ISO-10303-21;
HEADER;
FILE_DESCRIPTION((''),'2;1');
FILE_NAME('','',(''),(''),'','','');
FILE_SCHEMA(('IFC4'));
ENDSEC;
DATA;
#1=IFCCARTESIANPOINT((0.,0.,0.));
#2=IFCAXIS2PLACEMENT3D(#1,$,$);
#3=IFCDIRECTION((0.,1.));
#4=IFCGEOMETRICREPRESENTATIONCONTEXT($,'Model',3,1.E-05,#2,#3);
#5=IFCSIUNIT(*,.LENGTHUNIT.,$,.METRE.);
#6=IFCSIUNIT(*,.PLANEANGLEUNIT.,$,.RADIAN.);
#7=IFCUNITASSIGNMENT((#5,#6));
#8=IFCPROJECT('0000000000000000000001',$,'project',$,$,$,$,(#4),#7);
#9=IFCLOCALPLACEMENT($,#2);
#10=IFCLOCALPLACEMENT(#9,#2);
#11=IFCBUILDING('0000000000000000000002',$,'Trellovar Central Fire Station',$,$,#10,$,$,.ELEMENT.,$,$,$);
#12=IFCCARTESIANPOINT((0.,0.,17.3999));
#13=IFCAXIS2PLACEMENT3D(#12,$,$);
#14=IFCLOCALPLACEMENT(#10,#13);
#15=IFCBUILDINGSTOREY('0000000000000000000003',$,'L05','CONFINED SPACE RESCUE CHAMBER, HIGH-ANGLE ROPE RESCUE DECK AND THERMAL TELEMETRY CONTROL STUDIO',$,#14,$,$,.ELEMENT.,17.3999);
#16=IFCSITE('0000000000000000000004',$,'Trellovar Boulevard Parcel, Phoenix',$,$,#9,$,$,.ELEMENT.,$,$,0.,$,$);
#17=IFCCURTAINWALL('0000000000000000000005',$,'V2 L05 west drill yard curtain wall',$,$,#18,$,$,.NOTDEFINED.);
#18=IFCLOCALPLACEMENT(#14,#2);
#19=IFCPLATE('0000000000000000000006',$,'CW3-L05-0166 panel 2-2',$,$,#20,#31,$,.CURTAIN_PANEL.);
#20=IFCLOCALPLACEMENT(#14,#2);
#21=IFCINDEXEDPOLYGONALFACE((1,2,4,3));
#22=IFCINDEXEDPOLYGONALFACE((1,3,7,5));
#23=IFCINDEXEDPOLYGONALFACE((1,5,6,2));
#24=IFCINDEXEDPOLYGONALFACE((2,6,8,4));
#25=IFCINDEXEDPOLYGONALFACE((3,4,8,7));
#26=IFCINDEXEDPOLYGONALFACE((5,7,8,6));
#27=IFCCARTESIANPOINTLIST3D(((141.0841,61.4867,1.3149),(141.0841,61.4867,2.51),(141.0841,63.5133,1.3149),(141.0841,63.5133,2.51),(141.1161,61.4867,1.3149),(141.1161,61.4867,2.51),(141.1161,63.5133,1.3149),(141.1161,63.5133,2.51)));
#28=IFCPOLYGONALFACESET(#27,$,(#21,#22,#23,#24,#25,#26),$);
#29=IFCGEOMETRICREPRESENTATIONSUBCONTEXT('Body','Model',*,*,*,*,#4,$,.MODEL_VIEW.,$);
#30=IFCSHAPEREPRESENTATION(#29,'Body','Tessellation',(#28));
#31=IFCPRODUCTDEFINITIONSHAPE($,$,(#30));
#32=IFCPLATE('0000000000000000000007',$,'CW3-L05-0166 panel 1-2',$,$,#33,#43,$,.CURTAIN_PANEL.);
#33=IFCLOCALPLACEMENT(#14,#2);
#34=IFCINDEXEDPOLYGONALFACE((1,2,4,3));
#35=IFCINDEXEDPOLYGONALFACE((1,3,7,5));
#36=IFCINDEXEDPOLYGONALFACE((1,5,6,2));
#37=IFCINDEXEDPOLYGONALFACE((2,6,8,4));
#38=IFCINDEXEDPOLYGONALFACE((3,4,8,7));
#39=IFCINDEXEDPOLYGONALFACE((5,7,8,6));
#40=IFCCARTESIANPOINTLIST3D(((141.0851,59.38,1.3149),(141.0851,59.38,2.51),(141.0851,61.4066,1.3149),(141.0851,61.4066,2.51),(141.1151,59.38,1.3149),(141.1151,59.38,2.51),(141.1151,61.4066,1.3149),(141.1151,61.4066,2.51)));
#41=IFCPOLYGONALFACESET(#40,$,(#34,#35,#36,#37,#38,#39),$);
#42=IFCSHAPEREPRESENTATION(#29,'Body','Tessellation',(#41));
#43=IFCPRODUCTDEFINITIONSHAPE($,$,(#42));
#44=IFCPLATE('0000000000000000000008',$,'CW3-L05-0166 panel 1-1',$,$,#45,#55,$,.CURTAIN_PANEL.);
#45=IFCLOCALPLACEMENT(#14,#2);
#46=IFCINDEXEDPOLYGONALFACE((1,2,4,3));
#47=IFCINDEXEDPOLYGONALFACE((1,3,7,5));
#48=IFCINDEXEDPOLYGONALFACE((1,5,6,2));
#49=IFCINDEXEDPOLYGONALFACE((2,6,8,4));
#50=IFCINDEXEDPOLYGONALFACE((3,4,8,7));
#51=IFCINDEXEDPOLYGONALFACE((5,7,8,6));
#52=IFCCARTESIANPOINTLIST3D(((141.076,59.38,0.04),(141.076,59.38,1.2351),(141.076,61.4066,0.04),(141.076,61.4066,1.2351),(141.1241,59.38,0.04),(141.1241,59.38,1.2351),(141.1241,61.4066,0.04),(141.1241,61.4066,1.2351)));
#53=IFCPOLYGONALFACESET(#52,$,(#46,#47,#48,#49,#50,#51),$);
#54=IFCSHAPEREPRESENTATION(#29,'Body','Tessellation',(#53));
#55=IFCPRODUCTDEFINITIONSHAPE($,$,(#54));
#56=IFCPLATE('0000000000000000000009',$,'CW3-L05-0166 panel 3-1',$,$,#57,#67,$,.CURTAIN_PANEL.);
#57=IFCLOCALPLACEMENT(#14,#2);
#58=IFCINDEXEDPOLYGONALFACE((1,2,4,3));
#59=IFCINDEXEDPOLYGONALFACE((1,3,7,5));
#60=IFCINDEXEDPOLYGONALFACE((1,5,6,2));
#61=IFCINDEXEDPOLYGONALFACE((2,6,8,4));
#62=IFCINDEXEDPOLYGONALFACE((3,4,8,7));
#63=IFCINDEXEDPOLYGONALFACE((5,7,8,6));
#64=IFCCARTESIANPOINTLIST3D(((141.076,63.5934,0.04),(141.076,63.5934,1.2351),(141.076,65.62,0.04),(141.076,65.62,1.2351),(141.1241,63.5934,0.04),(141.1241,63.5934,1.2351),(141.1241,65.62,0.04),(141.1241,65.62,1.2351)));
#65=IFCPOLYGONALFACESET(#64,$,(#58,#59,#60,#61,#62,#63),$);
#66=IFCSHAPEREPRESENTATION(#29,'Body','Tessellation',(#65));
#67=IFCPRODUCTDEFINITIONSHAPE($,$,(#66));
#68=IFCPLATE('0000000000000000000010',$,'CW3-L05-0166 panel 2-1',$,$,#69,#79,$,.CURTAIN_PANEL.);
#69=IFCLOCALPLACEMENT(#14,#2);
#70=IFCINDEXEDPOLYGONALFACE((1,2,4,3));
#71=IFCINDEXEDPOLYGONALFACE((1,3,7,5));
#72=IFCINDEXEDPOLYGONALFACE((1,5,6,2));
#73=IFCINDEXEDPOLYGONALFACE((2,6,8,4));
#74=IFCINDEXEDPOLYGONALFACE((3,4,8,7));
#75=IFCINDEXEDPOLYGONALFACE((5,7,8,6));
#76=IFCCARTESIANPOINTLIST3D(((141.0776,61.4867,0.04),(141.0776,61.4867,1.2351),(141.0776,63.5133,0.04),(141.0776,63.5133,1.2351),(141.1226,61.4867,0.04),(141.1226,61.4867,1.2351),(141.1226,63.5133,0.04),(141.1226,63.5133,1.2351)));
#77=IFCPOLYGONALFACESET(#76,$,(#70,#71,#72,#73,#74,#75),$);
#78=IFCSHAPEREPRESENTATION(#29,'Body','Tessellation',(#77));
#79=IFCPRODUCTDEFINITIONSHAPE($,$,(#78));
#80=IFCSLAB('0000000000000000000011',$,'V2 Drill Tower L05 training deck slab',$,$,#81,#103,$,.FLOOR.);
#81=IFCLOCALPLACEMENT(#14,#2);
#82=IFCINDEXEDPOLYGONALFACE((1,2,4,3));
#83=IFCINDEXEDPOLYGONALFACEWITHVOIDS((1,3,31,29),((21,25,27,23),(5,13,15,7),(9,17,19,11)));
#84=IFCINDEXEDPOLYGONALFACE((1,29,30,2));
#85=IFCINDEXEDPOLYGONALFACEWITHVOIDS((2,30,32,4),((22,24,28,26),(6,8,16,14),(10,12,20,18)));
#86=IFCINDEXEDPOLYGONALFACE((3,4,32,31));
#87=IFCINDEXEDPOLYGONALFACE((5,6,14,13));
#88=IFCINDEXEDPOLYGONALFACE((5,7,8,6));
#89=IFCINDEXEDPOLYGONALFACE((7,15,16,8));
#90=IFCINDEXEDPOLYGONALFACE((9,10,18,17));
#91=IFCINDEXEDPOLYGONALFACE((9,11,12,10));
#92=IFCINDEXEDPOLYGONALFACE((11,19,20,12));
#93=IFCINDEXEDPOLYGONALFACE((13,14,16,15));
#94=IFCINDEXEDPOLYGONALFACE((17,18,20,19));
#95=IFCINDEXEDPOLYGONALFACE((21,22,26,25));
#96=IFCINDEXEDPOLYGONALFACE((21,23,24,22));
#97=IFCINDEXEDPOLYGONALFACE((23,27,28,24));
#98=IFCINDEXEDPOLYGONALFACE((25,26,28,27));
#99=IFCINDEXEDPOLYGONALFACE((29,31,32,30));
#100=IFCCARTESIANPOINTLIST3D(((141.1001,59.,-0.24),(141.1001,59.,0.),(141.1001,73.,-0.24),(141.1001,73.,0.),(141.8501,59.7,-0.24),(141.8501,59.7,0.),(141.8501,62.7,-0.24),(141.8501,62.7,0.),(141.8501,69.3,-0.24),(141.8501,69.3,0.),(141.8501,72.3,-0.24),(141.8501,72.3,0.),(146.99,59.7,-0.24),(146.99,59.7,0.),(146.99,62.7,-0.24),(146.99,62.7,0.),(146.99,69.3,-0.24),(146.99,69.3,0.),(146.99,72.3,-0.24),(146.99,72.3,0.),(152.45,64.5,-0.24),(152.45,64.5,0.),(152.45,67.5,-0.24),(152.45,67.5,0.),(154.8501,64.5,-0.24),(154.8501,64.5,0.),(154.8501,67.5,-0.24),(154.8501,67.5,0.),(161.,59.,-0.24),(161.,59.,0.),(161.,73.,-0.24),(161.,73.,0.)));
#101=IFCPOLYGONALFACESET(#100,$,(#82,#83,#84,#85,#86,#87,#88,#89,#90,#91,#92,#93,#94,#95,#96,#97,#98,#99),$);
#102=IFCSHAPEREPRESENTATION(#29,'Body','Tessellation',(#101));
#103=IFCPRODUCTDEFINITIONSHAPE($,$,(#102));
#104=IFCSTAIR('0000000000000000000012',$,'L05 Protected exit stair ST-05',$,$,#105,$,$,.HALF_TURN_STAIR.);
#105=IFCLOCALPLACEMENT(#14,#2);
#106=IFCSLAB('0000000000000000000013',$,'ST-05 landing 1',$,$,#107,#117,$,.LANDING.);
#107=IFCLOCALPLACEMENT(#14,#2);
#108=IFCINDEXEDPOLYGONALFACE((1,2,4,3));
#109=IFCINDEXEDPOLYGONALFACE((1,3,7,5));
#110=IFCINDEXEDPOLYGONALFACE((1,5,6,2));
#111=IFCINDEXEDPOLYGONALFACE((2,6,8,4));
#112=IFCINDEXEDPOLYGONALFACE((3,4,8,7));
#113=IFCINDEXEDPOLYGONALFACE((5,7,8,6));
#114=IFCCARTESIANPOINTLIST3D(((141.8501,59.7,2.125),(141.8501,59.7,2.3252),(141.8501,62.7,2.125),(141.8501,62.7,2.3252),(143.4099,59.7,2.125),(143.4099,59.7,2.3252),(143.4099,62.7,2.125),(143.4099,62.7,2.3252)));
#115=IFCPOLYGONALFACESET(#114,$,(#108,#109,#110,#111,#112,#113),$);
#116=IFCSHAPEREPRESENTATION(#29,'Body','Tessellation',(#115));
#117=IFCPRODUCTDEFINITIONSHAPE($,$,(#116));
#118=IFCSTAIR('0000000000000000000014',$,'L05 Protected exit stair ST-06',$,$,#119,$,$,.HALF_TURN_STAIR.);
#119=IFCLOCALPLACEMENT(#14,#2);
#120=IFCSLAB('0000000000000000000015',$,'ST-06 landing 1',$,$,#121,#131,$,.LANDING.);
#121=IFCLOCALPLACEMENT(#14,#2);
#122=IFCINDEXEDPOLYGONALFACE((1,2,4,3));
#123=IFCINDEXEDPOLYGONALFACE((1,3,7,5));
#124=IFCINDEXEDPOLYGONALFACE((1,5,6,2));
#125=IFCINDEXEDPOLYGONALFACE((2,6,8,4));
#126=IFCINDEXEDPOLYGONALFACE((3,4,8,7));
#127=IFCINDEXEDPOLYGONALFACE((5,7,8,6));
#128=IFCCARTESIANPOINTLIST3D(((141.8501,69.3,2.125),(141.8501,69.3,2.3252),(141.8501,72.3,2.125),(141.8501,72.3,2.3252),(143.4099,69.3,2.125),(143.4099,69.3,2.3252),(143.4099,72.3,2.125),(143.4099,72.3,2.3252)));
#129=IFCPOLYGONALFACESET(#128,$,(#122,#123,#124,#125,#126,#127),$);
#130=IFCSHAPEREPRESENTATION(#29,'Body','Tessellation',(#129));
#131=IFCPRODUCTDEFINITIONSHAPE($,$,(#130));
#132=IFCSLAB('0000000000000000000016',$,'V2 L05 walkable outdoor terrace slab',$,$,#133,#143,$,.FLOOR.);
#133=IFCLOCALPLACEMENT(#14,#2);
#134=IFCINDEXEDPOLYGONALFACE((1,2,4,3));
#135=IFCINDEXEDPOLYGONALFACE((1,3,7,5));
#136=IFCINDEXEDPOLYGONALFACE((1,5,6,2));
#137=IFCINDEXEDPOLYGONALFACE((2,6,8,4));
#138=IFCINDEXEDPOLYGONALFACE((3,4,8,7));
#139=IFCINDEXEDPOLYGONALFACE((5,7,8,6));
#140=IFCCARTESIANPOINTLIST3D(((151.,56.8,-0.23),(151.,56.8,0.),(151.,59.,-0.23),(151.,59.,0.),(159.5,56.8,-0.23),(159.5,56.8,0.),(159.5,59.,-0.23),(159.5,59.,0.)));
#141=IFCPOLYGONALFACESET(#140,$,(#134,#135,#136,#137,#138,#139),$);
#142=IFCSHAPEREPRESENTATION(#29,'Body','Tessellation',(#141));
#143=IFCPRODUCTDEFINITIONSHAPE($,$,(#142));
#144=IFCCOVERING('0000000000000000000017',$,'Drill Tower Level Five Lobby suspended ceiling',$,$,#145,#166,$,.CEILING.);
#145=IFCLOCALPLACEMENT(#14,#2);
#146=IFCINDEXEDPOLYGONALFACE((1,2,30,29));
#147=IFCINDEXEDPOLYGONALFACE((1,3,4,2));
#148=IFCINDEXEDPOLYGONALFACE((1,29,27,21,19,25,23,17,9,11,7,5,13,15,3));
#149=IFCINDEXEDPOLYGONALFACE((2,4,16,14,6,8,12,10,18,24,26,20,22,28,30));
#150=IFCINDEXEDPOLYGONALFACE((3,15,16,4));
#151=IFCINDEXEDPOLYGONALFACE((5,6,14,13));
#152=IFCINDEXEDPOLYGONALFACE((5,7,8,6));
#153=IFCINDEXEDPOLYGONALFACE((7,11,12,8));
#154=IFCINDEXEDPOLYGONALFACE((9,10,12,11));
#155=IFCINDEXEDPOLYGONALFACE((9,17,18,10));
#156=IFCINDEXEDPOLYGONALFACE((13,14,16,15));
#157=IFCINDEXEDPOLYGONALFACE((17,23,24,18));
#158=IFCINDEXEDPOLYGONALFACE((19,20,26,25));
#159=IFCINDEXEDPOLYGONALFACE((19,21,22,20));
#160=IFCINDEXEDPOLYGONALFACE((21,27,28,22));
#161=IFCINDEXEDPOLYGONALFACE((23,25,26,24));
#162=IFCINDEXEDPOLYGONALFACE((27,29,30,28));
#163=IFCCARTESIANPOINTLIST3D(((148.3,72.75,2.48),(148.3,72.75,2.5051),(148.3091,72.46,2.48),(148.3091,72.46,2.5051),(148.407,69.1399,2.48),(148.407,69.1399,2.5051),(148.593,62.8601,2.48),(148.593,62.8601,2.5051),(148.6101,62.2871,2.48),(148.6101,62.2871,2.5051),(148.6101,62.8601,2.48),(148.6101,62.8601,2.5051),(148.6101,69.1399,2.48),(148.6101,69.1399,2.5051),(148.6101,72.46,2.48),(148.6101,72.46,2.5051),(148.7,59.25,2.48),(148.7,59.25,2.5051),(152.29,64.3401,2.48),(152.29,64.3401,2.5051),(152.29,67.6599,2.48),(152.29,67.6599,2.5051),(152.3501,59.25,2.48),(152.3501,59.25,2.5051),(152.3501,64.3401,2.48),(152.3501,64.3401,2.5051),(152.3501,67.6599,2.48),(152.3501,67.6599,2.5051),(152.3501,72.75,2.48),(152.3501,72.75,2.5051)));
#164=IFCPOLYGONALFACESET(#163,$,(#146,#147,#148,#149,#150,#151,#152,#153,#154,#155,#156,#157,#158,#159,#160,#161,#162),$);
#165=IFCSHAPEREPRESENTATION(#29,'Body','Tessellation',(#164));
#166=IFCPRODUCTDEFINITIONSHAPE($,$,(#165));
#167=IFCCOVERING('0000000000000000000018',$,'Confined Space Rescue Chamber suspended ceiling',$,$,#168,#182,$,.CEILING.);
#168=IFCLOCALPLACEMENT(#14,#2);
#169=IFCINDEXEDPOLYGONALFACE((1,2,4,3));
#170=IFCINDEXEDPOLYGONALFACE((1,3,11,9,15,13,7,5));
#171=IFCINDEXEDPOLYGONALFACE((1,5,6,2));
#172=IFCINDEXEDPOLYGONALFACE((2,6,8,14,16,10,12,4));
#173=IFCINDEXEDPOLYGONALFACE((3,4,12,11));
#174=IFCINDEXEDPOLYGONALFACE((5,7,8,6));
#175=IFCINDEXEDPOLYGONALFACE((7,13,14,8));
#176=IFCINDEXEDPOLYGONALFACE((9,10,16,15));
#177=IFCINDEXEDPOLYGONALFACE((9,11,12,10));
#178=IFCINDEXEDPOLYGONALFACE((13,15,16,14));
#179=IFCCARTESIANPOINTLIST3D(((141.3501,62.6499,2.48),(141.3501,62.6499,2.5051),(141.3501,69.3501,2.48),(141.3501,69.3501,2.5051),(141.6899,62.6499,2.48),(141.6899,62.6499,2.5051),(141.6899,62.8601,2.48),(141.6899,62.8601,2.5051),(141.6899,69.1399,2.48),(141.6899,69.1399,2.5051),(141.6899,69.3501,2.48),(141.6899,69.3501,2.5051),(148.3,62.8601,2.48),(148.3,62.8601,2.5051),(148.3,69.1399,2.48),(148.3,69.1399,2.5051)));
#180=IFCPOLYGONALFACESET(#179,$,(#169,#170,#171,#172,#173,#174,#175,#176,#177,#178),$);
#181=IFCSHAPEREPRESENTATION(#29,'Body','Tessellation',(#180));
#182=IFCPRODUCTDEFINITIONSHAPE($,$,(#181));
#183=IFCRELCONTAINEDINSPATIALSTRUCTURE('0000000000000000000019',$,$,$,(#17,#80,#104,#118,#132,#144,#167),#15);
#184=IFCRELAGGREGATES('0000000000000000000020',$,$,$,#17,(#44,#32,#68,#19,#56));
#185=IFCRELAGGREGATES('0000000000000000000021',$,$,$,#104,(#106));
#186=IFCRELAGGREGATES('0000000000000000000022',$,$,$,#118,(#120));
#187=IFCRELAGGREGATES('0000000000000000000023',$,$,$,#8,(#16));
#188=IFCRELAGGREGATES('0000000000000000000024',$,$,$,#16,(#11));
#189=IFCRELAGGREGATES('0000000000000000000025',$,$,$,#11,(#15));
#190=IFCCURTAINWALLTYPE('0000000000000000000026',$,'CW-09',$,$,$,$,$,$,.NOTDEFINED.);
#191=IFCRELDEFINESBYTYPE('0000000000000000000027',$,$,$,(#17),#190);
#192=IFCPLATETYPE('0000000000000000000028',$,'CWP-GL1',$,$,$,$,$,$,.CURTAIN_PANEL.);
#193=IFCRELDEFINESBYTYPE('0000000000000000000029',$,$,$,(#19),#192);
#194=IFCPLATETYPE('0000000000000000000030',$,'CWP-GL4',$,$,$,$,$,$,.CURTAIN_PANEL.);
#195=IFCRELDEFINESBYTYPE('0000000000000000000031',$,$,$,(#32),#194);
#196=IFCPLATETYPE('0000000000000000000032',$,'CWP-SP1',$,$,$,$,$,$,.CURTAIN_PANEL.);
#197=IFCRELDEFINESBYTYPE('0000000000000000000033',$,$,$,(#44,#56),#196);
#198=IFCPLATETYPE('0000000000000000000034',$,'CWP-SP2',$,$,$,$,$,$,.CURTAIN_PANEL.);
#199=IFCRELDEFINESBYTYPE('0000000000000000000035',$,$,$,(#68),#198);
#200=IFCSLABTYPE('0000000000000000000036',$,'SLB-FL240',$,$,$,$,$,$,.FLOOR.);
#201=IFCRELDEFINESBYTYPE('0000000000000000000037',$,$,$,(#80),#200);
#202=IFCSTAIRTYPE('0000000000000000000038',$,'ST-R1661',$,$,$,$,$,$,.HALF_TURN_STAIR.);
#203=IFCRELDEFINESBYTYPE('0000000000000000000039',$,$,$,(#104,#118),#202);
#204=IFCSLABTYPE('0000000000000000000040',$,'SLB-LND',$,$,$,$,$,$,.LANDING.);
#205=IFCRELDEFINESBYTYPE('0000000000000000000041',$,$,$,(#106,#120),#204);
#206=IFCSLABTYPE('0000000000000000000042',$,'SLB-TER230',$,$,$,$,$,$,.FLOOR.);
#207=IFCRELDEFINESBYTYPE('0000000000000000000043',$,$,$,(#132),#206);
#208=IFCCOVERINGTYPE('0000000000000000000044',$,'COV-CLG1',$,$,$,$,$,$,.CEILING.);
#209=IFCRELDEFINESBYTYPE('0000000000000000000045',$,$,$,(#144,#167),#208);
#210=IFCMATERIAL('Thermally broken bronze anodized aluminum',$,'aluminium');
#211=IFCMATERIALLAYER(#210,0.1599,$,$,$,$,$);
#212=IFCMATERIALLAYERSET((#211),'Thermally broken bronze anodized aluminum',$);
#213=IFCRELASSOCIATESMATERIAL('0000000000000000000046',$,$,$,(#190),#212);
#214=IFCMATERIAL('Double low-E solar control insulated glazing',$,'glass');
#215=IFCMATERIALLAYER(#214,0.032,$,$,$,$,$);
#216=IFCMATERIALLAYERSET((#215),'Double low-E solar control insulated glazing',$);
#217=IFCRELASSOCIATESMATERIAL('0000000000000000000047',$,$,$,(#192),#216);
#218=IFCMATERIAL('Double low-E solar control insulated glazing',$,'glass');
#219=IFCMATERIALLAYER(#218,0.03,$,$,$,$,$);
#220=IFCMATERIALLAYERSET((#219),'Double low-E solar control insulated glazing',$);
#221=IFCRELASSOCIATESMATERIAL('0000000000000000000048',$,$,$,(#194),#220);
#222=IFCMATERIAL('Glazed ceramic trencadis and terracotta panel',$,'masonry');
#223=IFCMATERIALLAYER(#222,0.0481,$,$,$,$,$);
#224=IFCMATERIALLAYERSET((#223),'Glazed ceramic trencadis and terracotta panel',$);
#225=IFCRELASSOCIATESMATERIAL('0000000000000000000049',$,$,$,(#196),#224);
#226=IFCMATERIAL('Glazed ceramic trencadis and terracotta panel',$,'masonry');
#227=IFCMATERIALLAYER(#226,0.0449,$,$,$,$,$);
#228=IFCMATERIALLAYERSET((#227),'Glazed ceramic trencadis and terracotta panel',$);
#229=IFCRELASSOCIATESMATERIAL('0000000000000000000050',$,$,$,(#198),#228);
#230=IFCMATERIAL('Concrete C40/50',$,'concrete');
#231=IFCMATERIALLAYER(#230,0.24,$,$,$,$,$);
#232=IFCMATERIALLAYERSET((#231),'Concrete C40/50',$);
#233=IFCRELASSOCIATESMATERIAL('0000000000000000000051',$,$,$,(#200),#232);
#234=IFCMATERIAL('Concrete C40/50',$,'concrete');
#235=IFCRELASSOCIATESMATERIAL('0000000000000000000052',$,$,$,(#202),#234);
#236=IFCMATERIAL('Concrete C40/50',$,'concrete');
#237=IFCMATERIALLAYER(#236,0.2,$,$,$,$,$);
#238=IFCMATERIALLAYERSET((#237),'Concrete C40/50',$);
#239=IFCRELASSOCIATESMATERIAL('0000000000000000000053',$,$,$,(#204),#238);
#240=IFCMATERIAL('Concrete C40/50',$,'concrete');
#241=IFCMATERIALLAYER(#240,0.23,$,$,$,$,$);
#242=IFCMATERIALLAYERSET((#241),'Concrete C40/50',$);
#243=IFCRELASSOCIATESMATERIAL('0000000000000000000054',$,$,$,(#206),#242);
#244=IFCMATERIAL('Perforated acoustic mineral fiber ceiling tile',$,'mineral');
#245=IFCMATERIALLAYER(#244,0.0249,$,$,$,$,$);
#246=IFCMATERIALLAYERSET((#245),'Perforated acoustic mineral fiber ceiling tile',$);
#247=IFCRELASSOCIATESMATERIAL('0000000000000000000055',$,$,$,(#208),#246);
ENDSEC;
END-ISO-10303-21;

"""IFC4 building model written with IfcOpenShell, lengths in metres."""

from ifc_helpers import new_model, si_unit, direction, frame, origin, origin_2d, place, context, subcontext, project, spatial, polyline, rectangle, outline, extrude, material, layer, layer_set, type_object, element, aggregate, save


model = new_model("IFC4")

# Units and contexts
model_context = context("Model", 3, precision=1e-05, world=origin(), true_north=direction((0.0, 1.0)))
body_context = subcontext(model_context, "Body", "Model", "MODEL_VIEW")
ifc_project = project(units=[si_unit("LENGTHUNIT", "METRE"), si_unit("PLANEANGLEUNIT", "RADIAN")], contexts=[model_context])

# Site, building, storey
site_placement = place(None, origin())
site = spatial("IfcSite", under=ifc_project, at=site_placement, Name="Trellovar Boulevard Parcel, Phoenix", CompositionType="ELEMENT", RefElevation=0.0)
building_placement = place(site_placement, origin())
building = spatial("IfcBuilding", under=site, at=building_placement, Name="Trellovar Central Fire Station", CompositionType="ELEMENT")
storey_placement = place(building_placement, frame((0.0, 0.0, 17.3999)))
storey = spatial("IfcBuildingStorey", under=building, at=storey_placement, Name="L05", Description="CONFINED SPACE RESCUE CHAMBER, HIGH-ANGLE ROPE RESCUE DECK AND THERMAL TELEMETRY CONTROL STUDIO", CompositionType="ELEMENT", Elevation=17.3999)

# Curtain wall, plates
ifc_material_1 = material(Name="Thermally broken bronze anodized aluminum", Category="aluminium")
ifc_layer_1 = layer(ifc_material_1, 0.1599)
ifc_layer_set_1 = layer_set([ifc_layer_1], Name="Thermally broken bronze anodized aluminum")
curtain_wall_type = type_object("IfcCurtainWallType", Name="CW-09", PredefinedType="NOTDEFINED", material=ifc_layer_set_1)
curtain_wall_placement = place(storey_placement, origin())
curtain_wall = element("IfcCurtainWall", 1, at=curtain_wall_placement, inside=storey, type_object=curtain_wall_type, Name="V2 L05 west drill yard curtain wall", PredefinedType="NOTDEFINED")
ifc_material_2 = material(Name="Double low-E solar control insulated glazing", Category="glass")
ifc_layer_2 = layer(ifc_material_2, 0.032)
ifc_layer_set_2 = layer_set([ifc_layer_2], Name="Double low-E solar control insulated glazing")
plate_type_1 = type_object("IfcPlateType", Name="CWP-GL1", PredefinedType="CURTAIN_PANEL", material=ifc_layer_set_2)
plate_1_placement = place(storey_placement, frame((141.1001, 62.5, 1.3149), z_axis=(0.0, 0.0, 1.0), x_axis=(0.0, 1.0, 0.0)))
plate_1 = element("IfcPlate", 2, at=plate_1_placement, type_object=plate_type_1, Name="CW3-L05-0166 panel 2-2", PredefinedType="CURTAIN_PANEL", context=body_context, shape_type="SweptSolid", body=[
    extrude(rectangle(XDim=2.0266, YDim=0.032, at=origin_2d()), origin(), (0.0, 0.0, 1.0), 1.1951),
])
ifc_material_3 = material(Name="Double low-E solar control insulated glazing", Category="glass")
ifc_layer_3 = layer(ifc_material_3, 0.03)
ifc_layer_set_3 = layer_set([ifc_layer_3], Name="Double low-E solar control insulated glazing")
plate_type_2 = type_object("IfcPlateType", Name="CWP-GL4", PredefinedType="CURTAIN_PANEL", material=ifc_layer_set_3)
plate_2_placement = place(storey_placement, frame((141.1001, 60.3933, 1.3149), z_axis=(0.0, 0.0, 1.0), x_axis=(0.0, 1.0, 0.0)))
plate_2 = element("IfcPlate", 3, at=plate_2_placement, type_object=plate_type_2, Name="CW3-L05-0166 panel 1-2", PredefinedType="CURTAIN_PANEL", context=body_context, shape_type="SweptSolid", body=[
    extrude(rectangle(XDim=2.0266, YDim=0.03, at=origin_2d()), origin(), (0.0, 0.0, 1.0), 1.1951),
])
ifc_material_4 = material(Name="Glazed ceramic trencadis and terracotta panel", Category="masonry")
ifc_layer_4 = layer(ifc_material_4, 0.0481)
ifc_layer_set_4 = layer_set([ifc_layer_4], Name="Glazed ceramic trencadis and terracotta panel")
plate_type_3 = type_object("IfcPlateType", Name="CWP-SP1", PredefinedType="CURTAIN_PANEL", material=ifc_layer_set_4)
plate_3_placement = place(storey_placement, frame((141.1001, 60.3933, 0.04), z_axis=(0.0, 0.0, 1.0), x_axis=(0.0, 1.0, 0.0)))
plate_3 = element("IfcPlate", 4, at=plate_3_placement, type_object=plate_type_3, Name="CW3-L05-0166 panel 1-1", PredefinedType="CURTAIN_PANEL", context=body_context, shape_type="SweptSolid", body=[
    extrude(rectangle(XDim=2.0266, YDim=0.0481, at=origin_2d()), origin(), (0.0, 0.0, 1.0), 1.1951),
])
plate_4_placement = place(storey_placement, frame((141.1001, 64.6067, 0.04), z_axis=(0.0, 0.0, 1.0), x_axis=(0.0, 1.0, 0.0)))
plate_4 = element("IfcPlate", 5, at=plate_4_placement, type_object=plate_type_3, Name="CW3-L05-0166 panel 3-1", PredefinedType="CURTAIN_PANEL", context=body_context, shape_type="SweptSolid", body=[
    extrude(rectangle(XDim=2.0266, YDim=0.0481, at=origin_2d()), origin(), (0.0, 0.0, 1.0), 1.1951),
])
ifc_material_5 = material(Name="Glazed ceramic trencadis and terracotta panel", Category="masonry")
ifc_layer_5 = layer(ifc_material_5, 0.0449)
ifc_layer_set_5 = layer_set([ifc_layer_5], Name="Glazed ceramic trencadis and terracotta panel")
plate_type_4 = type_object("IfcPlateType", Name="CWP-SP2", PredefinedType="CURTAIN_PANEL", material=ifc_layer_set_5)
plate_5_placement = place(storey_placement, frame((141.1001, 62.5, 0.04), z_axis=(0.0, 0.0, 1.0), x_axis=(0.0, 1.0, 0.0)))
plate_5 = element("IfcPlate", 6, at=plate_5_placement, type_object=plate_type_4, Name="CW3-L05-0166 panel 2-1", PredefinedType="CURTAIN_PANEL", context=body_context, shape_type="SweptSolid", body=[
    extrude(rectangle(XDim=2.0266, YDim=0.0449, at=origin_2d()), origin(), (0.0, 0.0, 1.0), 1.1951),
])
aggregate(curtain_wall, [plate_3, plate_2, plate_5, plate_1, plate_4])

# Slab
ifc_material_6 = material(Name="Concrete C40/50", Category="concrete")
ifc_layer_6 = layer(ifc_material_6, 0.24)
ifc_layer_set_6 = layer_set([ifc_layer_6], Name="Concrete C40/50")
slab_type_1 = type_object("IfcSlabType", Name="SLB-FL240", PredefinedType="FLOOR", material=ifc_layer_set_6)
slab_1_placement = place(storey_placement, frame((0.0, 0.0, -0.24)))
element("IfcSlab", 7, at=slab_1_placement, inside=storey, type_object=slab_type_1, Name="V2 Drill Tower L05 training deck slab", PredefinedType="FLOOR", context=body_context, shape_type="SweptSolid", body=[
    extrude(outline(polyline([(141.1001, 59.0), (161.0, 59.0), (161.0, 73.0), (141.1001, 73.0), (141.1001, 59.0)]), holes=[polyline([(146.99, 62.7), (141.8501, 62.7), (141.8501, 59.7), (146.99, 59.7), (146.99, 62.7)]), polyline([(146.99, 72.3), (141.8501, 72.3), (141.8501, 69.3), (146.99, 69.3), (146.99, 72.3)]), polyline([(152.45, 64.5), (154.8501, 64.5), (154.8501, 67.5), (152.45, 67.5), (152.45, 64.5)])]), origin(), (0.0, 0.0, 1.0), 0.24),
])

# Stairs, slabs
ifc_material_7 = material(Name="Concrete C40/50", Category="concrete")
stair_type = type_object("IfcStairType", Name="ST-R1661", PredefinedType="HALF_TURN_STAIR", material=ifc_material_7)
stair_1_placement = place(storey_placement, origin())
stair_1 = element("IfcStair", 8, at=stair_1_placement, inside=storey, type_object=stair_type, Name="L05 Protected exit stair ST-05", PredefinedType="HALF_TURN_STAIR")
ifc_material_8 = material(Name="Concrete C40/50", Category="concrete")
ifc_layer_7 = layer(ifc_material_8, 0.2)
ifc_layer_set_7 = layer_set([ifc_layer_7], Name="Concrete C40/50")
slab_type_2 = type_object("IfcSlabType", Name="SLB-LND", PredefinedType="LANDING", material=ifc_layer_set_7)
slab_2_placement = place(storey_placement, frame((0.0, 0.0, 2.125)))
slab_2 = element("IfcSlab", 9, at=slab_2_placement, type_object=slab_type_2, Name="ST-05 landing 1", PredefinedType="LANDING", context=body_context, shape_type="SweptSolid", body=[
    extrude(outline(polyline([(143.4099, 62.7), (141.8501, 62.7), (141.8501, 59.7), (143.4099, 59.7), (143.4099, 62.7)])), origin(), (0.0, 0.0, 1.0), 0.2002),
])
aggregate(stair_1, [slab_2])
stair_2_placement = place(storey_placement, origin())
stair_2 = element("IfcStair", 10, at=stair_2_placement, inside=storey, type_object=stair_type, Name="L05 Protected exit stair ST-06", PredefinedType="HALF_TURN_STAIR")
slab_3_placement = place(storey_placement, frame((0.0, 0.0, 2.125)))
slab_3 = element("IfcSlab", 11, at=slab_3_placement, type_object=slab_type_2, Name="ST-06 landing 1", PredefinedType="LANDING", context=body_context, shape_type="SweptSolid", body=[
    extrude(outline(polyline([(143.4099, 72.3), (141.8501, 72.3), (141.8501, 69.3), (143.4099, 69.3), (143.4099, 72.3)])), origin(), (0.0, 0.0, 1.0), 0.2002),
])
aggregate(stair_2, [slab_3])

# Slab
ifc_material_9 = material(Name="Concrete C40/50", Category="concrete")
ifc_layer_8 = layer(ifc_material_9, 0.23)
ifc_layer_set_8 = layer_set([ifc_layer_8], Name="Concrete C40/50")
slab_type_3 = type_object("IfcSlabType", Name="SLB-TER230", PredefinedType="FLOOR", material=ifc_layer_set_8)
slab_4_placement = place(storey_placement, frame((0.0, 0.0, -0.23)))
element("IfcSlab", 12, at=slab_4_placement, inside=storey, type_object=slab_type_3, Name="V2 L05 walkable outdoor terrace slab", PredefinedType="FLOOR", context=body_context, shape_type="SweptSolid", body=[
    extrude(outline(polyline([(151.0, 56.8), (159.5, 56.8), (159.5, 59.0), (151.0, 59.0), (151.0, 56.8)])), origin(), (0.0, 0.0, 1.0), 0.23),
])

# Coverings
ifc_material_10 = material(Name="Perforated acoustic mineral fiber ceiling tile", Category="mineral")
ifc_layer_9 = layer(ifc_material_10, 0.0249)
ifc_layer_set_9 = layer_set([ifc_layer_9], Name="Perforated acoustic mineral fiber ceiling tile")
covering_type_1 = type_object("IfcCoveringType", Name="COV-CLG1", PredefinedType="CEILING", material=ifc_layer_set_9)
covering_1_placement = place(storey_placement, frame((0.0, 0.0, 2.48)))
element("IfcCovering", 13, at=covering_1_placement, inside=storey, type_object=covering_type_1, Name="Drill Tower Level Five Lobby suspended ceiling", PredefinedType="CEILING", context=body_context, shape_type="SweptSolid", body=[
    extrude(outline(polyline([(152.3501, 67.6599), (152.29, 67.6599), (152.29, 64.3401), (152.3501, 64.3401), (152.3501, 59.25), (148.7, 59.25), (148.6101, 62.2871), (148.6101, 62.8601), (148.593, 62.8601), (148.407, 69.1399), (148.6101, 69.1399), (148.6101, 72.46), (148.3091, 72.46), (148.3, 72.75), (152.3501, 72.75), (152.3501, 67.6599)])), origin(), (0.0, 0.0, 1.0), 0.0251),
])
covering_2_placement = place(storey_placement, frame((0.0, 0.0, 2.48)))
element("IfcCovering", 14, at=covering_2_placement, inside=storey, type_object=covering_type_1, Name="Confined Space Rescue Chamber suspended ceiling", PredefinedType="CEILING", context=body_context, shape_type="SweptSolid", body=[
    extrude(outline(polyline([(141.6899, 69.3501), (141.6899, 69.1399), (148.3, 69.1399), (148.3, 62.8601), (141.6899, 62.8601), (141.6899, 62.6499), (141.3501, 62.6499), (141.3501, 69.3501), (141.6899, 69.3501)])), origin(), (0.0, 0.0, 1.0), 0.0251),
])

save(model, "model.ifc")
